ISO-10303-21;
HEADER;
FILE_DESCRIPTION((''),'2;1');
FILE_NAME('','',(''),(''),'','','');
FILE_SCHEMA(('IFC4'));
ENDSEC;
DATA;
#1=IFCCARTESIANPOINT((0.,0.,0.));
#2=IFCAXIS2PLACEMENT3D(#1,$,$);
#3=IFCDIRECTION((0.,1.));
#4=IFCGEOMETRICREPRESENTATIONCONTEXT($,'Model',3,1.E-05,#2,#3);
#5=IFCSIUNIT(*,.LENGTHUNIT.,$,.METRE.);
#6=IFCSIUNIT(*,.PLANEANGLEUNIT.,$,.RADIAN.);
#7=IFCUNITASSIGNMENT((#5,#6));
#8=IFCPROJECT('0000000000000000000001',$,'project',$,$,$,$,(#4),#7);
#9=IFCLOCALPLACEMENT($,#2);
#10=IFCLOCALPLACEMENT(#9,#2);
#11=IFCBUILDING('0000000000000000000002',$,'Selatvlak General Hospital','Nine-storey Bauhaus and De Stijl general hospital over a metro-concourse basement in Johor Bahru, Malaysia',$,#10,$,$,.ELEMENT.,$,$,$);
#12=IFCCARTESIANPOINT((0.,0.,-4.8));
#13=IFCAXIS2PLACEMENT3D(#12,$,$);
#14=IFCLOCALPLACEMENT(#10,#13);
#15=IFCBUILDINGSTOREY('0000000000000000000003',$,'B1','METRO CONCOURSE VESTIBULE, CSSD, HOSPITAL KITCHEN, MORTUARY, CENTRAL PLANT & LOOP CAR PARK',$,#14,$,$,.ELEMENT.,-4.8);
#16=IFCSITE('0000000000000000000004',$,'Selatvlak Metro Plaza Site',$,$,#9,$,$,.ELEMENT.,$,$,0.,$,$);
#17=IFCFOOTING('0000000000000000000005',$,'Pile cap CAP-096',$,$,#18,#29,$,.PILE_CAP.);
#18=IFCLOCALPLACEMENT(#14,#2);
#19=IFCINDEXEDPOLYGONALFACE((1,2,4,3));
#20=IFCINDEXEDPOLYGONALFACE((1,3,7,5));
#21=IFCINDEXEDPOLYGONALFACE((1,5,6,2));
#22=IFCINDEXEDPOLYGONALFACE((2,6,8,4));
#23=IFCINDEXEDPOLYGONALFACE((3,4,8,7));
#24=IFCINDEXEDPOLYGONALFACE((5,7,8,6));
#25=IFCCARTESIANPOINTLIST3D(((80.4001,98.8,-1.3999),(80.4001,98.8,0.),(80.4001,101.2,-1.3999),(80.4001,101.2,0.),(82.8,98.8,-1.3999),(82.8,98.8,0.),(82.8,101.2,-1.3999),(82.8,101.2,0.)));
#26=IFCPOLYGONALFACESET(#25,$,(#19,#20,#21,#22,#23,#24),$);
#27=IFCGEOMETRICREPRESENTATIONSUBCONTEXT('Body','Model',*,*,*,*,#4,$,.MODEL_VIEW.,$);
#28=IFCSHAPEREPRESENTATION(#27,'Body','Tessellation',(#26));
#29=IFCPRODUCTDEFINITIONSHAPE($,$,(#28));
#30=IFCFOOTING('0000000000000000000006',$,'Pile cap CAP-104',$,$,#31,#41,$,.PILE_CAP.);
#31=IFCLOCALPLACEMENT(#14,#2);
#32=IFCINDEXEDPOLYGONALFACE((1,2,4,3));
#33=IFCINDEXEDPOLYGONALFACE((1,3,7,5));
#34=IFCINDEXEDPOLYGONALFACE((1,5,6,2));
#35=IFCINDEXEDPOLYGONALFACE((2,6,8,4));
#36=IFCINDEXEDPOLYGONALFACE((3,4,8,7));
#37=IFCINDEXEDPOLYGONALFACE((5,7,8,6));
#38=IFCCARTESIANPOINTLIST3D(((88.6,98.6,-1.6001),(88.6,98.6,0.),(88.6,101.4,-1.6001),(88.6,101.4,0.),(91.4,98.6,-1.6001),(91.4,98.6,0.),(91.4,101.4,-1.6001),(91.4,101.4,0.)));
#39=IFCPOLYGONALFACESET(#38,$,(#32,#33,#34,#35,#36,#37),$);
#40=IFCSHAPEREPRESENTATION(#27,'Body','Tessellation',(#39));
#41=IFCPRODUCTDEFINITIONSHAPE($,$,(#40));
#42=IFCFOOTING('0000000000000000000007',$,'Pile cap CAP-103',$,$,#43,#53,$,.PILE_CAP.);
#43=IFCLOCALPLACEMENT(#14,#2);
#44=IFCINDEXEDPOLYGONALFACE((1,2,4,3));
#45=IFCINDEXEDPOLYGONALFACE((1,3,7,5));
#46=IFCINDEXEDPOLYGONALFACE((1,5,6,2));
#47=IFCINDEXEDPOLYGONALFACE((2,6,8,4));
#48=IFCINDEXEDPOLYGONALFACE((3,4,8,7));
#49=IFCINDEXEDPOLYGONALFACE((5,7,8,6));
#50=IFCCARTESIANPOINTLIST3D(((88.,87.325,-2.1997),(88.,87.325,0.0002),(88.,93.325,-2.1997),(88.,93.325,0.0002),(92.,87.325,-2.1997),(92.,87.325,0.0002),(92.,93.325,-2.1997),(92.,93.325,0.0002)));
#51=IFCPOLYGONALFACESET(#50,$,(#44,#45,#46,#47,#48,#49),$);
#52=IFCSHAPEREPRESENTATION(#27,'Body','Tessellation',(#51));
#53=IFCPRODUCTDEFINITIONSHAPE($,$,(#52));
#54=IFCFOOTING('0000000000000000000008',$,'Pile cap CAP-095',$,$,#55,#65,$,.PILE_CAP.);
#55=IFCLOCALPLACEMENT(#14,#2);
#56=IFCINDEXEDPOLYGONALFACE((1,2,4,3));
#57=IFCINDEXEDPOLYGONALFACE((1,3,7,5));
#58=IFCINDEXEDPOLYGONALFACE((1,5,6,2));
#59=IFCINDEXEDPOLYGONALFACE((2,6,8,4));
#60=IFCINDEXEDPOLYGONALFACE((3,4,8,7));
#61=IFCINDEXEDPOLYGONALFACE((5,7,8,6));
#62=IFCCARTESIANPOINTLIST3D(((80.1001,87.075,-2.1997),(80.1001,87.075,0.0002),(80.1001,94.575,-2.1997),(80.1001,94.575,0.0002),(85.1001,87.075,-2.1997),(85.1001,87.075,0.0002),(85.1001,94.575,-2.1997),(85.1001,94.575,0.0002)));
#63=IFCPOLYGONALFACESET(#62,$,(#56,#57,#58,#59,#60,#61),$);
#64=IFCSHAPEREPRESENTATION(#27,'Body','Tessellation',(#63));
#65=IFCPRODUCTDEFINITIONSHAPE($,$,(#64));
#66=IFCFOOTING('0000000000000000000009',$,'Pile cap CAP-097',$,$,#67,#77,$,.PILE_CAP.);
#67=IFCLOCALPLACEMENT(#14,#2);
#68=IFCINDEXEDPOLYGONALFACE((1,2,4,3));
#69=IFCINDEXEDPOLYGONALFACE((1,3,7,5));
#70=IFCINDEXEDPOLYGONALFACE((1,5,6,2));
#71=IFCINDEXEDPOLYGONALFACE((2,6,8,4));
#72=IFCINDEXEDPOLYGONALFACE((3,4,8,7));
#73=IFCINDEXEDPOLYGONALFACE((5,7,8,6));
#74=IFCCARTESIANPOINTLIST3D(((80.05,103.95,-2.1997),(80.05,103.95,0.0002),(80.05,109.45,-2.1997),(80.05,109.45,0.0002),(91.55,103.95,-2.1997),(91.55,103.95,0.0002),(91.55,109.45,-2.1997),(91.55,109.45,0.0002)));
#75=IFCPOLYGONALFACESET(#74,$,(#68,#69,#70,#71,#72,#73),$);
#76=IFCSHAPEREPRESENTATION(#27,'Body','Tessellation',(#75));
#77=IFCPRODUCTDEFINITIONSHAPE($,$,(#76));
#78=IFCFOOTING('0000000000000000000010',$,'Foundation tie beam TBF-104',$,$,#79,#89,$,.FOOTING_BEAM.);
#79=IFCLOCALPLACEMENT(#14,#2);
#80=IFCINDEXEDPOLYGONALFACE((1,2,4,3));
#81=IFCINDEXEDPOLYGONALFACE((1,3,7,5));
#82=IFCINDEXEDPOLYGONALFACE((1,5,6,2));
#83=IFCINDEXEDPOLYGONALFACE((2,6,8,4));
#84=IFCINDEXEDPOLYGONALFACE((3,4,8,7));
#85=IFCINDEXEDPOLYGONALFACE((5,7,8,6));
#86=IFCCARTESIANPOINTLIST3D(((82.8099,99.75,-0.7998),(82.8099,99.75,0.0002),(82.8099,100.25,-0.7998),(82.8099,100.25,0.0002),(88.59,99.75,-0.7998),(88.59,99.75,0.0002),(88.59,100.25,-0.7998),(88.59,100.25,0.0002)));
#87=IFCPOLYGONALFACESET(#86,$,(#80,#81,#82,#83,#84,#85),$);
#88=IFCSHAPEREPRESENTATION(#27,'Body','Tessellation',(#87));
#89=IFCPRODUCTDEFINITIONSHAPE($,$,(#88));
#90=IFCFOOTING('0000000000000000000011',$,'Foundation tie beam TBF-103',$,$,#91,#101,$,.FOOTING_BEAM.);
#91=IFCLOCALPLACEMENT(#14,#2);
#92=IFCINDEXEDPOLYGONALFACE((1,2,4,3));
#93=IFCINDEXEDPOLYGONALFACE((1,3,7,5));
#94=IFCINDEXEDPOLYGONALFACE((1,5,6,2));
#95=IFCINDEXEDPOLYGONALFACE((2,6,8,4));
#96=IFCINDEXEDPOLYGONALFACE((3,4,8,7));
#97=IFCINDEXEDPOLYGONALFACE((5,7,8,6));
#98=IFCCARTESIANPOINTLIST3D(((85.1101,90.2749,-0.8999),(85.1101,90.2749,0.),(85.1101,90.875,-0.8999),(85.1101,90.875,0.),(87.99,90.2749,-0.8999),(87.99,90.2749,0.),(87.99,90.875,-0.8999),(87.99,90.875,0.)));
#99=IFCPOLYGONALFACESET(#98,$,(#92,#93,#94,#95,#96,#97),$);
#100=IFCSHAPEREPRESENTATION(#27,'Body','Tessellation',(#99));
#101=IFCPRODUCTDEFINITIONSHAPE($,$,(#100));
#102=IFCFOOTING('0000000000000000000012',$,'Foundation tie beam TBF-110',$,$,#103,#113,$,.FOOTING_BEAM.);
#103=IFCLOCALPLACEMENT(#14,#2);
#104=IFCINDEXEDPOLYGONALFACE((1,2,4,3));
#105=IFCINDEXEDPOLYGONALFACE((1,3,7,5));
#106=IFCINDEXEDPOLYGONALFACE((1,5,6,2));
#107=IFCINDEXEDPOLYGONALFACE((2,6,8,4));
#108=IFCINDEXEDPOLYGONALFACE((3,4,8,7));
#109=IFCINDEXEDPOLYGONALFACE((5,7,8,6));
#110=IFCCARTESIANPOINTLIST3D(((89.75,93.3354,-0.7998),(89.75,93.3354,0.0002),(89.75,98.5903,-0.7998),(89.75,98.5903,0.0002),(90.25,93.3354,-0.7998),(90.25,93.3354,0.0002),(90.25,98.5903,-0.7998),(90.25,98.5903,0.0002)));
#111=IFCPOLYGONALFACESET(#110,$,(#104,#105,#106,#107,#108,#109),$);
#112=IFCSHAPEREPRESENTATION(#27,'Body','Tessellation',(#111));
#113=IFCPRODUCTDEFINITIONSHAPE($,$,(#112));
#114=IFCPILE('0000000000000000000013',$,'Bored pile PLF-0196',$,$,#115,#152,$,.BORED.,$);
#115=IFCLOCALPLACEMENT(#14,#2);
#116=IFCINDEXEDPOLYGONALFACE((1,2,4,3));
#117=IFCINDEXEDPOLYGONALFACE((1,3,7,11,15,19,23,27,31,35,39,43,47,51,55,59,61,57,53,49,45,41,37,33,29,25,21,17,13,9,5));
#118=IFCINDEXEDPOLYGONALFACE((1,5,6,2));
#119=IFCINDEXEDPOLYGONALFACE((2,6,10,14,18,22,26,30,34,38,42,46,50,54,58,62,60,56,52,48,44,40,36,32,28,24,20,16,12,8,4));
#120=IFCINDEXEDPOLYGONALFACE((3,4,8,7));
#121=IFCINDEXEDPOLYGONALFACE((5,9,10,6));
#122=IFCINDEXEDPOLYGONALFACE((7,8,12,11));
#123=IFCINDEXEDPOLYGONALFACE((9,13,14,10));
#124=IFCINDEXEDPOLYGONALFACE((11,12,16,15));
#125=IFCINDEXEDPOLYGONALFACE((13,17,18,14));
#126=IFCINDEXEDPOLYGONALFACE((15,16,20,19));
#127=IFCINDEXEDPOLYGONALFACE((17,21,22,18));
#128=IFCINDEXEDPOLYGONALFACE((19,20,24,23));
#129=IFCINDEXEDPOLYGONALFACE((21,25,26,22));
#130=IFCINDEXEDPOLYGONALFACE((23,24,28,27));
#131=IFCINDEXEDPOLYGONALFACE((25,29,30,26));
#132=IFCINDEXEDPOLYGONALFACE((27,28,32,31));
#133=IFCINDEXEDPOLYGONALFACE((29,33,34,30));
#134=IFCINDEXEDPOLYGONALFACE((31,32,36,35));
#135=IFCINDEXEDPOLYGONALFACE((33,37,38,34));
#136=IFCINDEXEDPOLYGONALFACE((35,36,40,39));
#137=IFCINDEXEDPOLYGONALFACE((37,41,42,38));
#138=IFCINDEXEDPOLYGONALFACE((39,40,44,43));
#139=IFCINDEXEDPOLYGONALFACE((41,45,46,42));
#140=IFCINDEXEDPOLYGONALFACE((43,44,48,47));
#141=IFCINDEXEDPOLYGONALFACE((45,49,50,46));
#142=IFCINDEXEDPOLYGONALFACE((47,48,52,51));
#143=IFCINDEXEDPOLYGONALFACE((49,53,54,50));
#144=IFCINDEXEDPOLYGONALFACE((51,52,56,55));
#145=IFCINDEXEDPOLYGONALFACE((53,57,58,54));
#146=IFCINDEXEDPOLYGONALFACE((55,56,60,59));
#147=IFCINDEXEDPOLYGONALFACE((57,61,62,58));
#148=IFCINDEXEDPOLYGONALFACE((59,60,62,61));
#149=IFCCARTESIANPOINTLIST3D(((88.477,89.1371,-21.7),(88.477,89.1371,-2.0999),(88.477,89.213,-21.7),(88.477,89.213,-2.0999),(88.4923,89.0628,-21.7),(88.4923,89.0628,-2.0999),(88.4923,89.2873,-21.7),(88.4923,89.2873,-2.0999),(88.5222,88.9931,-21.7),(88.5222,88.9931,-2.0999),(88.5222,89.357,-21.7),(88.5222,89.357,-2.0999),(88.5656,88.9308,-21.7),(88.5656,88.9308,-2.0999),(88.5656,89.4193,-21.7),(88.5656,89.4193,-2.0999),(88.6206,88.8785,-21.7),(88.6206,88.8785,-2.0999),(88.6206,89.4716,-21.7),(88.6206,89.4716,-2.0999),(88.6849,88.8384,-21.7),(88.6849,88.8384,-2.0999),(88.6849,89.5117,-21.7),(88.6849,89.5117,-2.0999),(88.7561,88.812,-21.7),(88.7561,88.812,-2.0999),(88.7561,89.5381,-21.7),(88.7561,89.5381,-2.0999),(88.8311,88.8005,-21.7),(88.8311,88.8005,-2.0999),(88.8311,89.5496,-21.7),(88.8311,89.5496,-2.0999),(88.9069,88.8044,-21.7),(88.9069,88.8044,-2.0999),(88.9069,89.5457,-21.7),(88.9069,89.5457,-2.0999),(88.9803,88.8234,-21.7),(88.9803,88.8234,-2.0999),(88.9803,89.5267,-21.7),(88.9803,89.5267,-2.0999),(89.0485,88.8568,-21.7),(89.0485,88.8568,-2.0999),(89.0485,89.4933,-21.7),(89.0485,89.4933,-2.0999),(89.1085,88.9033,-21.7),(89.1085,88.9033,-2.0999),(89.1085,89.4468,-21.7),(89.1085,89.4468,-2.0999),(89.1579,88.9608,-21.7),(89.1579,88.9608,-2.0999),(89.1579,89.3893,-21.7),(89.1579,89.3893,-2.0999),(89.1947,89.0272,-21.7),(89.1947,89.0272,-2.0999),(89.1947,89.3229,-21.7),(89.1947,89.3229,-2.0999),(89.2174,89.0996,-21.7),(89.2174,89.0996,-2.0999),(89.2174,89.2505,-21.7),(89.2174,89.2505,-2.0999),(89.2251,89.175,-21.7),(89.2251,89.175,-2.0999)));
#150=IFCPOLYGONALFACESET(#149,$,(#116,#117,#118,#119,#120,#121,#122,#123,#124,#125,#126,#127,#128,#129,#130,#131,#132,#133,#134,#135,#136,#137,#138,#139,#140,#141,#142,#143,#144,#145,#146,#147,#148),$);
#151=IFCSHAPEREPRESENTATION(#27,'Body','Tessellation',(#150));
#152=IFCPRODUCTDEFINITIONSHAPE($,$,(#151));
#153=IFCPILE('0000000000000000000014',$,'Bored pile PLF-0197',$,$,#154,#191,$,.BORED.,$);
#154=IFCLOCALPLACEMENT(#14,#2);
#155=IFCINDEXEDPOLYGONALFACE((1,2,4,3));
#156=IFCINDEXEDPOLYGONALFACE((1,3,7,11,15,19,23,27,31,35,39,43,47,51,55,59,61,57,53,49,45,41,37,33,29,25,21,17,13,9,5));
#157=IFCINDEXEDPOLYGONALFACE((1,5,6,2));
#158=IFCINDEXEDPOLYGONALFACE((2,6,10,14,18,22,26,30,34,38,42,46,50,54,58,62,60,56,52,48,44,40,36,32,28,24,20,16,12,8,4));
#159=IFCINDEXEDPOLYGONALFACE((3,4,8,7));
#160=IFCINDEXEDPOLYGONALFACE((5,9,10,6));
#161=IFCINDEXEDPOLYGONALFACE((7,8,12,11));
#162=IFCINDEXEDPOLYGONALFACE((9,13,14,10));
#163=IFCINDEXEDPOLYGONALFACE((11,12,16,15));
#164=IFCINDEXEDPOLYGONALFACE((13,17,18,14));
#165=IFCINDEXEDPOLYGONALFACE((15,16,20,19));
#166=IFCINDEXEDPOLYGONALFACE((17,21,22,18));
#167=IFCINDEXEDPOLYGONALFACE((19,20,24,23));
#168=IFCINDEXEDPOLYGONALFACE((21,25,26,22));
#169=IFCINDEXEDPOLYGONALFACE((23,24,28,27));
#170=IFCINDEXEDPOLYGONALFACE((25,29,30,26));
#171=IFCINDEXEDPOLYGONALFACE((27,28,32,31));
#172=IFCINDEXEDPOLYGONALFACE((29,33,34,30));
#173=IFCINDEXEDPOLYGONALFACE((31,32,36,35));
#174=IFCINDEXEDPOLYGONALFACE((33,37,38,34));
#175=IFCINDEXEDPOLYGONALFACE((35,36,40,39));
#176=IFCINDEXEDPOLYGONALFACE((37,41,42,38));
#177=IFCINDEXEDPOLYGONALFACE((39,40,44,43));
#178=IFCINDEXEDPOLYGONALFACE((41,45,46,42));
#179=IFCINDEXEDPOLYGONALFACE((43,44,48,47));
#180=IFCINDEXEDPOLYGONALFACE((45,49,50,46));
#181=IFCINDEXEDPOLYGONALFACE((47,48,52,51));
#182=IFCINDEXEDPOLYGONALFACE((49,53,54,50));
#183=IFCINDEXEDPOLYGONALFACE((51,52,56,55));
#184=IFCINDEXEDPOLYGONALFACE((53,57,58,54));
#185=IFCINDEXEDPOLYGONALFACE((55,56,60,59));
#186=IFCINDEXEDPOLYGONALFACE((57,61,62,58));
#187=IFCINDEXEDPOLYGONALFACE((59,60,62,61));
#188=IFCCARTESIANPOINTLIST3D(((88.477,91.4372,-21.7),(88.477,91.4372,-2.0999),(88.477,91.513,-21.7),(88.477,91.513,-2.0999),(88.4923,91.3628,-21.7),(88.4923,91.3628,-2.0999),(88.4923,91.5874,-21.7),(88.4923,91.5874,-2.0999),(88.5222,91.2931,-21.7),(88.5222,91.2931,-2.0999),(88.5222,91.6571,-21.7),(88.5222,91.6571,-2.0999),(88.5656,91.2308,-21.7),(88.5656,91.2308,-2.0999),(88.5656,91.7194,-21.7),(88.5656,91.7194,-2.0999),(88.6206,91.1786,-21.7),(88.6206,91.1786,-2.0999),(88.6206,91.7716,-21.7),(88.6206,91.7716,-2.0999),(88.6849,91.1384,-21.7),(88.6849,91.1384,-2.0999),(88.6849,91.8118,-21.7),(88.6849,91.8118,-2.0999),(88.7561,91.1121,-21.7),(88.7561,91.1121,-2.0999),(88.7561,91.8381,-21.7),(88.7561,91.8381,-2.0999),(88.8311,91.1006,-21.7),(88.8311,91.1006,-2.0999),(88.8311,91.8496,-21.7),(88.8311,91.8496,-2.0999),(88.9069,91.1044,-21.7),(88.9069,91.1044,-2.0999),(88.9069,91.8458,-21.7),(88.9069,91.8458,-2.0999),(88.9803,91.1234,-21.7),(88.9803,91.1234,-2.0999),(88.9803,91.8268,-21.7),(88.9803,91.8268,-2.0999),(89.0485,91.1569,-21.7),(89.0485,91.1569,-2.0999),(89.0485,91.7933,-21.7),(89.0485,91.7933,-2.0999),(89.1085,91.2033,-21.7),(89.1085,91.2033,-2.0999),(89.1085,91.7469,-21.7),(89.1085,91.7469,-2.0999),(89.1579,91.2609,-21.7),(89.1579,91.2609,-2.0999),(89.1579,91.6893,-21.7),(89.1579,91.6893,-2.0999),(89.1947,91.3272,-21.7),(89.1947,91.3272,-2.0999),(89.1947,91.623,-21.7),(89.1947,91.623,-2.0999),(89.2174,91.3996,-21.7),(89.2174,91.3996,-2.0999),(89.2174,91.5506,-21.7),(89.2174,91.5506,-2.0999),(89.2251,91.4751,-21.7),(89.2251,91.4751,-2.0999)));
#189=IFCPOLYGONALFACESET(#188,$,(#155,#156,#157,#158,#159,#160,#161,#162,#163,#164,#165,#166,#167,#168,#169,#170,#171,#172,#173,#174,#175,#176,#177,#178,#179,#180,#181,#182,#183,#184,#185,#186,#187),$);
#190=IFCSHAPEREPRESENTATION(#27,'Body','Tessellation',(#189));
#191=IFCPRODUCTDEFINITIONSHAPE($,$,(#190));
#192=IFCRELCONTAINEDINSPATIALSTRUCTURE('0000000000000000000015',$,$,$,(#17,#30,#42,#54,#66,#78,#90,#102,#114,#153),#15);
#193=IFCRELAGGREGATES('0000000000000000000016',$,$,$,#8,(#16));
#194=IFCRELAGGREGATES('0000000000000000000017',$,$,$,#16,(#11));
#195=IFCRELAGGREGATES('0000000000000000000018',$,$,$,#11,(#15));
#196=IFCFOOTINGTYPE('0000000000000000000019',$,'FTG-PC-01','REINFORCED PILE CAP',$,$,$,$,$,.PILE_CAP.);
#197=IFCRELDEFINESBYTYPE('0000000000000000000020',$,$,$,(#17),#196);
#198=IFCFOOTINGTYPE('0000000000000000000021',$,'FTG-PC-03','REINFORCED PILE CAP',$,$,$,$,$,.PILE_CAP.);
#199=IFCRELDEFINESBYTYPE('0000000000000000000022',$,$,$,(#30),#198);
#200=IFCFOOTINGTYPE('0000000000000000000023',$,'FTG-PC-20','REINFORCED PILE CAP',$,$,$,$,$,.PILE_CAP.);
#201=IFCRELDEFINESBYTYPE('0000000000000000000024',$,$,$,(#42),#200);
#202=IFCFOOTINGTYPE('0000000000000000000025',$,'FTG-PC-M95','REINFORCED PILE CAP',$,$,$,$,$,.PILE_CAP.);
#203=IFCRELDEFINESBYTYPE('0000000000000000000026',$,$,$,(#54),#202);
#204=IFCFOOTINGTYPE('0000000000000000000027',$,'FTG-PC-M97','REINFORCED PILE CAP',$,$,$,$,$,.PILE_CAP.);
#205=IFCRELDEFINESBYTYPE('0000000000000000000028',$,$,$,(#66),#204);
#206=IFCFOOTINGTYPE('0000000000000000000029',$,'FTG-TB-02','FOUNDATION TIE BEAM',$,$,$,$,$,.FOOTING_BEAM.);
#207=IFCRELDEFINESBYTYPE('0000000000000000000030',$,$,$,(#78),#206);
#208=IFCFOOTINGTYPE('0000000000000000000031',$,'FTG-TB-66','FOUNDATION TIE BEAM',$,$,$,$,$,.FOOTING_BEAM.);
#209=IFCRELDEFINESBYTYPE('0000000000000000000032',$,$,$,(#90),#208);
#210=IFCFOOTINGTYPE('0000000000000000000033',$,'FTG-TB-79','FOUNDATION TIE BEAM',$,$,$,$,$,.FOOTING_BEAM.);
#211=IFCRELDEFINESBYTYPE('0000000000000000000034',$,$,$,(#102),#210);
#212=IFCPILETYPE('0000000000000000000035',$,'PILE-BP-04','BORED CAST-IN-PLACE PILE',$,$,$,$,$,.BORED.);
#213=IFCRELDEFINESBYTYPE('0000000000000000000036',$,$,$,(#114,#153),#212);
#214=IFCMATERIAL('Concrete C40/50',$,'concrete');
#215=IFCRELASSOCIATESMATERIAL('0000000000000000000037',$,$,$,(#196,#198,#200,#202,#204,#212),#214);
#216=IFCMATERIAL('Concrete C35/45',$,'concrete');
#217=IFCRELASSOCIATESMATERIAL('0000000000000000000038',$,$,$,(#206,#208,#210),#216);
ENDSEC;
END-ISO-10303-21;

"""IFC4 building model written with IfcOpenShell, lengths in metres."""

from ifc_helpers import new_model, si_unit, direction, frame, origin, origin_2d, place, context, subcontext, project, spatial, rectangle, circle, extrude, material, material_profile, profile_set, type_object, element, save


model = new_model("IFC4")

# Units and contexts
model_context = context("Model", 3, precision=1e-05, world=origin(), true_north=direction((0.0, 1.0)))
body_context = subcontext(model_context, "Body", "Model", "MODEL_VIEW")
ifc_project = project(units=[si_unit("LENGTHUNIT", "METRE"), si_unit("PLANEANGLEUNIT", "RADIAN")], contexts=[model_context])

# Site, building, storey
site_placement = place(None, origin())
site = spatial("IfcSite", under=ifc_project, at=site_placement, Name="Selatvlak Metro Plaza Site", CompositionType="ELEMENT", RefElevation=0.0)
building_placement = place(site_placement, origin())
building = spatial("IfcBuilding", under=site, at=building_placement, Name="Selatvlak General Hospital", Description="Nine-storey Bauhaus and De Stijl general hospital over a metro-concourse basement in Johor Bahru, Malaysia", CompositionType="ELEMENT")
storey_placement = place(building_placement, frame((0.0, 0.0, -4.8)))
storey = spatial("IfcBuildingStorey", under=building, at=storey_placement, Name="B1", Description="METRO CONCOURSE VESTIBULE, CSSD, HOSPITAL KITCHEN, MORTUARY, CENTRAL PLANT & LOOP CAR PARK", CompositionType="ELEMENT", Elevation=-4.8)

# Footings
ifc_material_1 = material(Name="Concrete C40/50", Category="concrete")
footing_type_1 = type_object("IfcFootingType", Name="FTG-PC-01", Description="REINFORCED PILE CAP", PredefinedType="PILE_CAP", material=ifc_material_1)
footing_1_placement = place(storey_placement, frame((81.6001, 100.0, -1.3999), z_axis=(0.0, 0.0, 1.0), x_axis=(1.0, 0.0, 0.0)))
element("IfcFooting", 1, at=footing_1_placement, inside=storey, type_object=footing_type_1, Name="Pile cap CAP-096", PredefinedType="PILE_CAP", context=body_context, shape_type="SweptSolid", body=[
    extrude(rectangle(XDim=2.3999, YDim=2.3999, at=origin_2d()), origin(), (0.0, 0.0, 1.0), 1.3999),
])
footing_type_2 = type_object("IfcFootingType", Name="FTG-PC-03", Description="REINFORCED PILE CAP", PredefinedType="PILE_CAP", material=ifc_material_1)
footing_2_placement = place(storey_placement, frame((90.0, 100.0, -1.6001), z_axis=(0.0, 0.0, 1.0), x_axis=(1.0, 0.0, 0.0)))
element("IfcFooting", 2, at=footing_2_placement, inside=storey, type_object=footing_type_2, Name="Pile cap CAP-104", PredefinedType="PILE_CAP", context=body_context, shape_type="SweptSolid", body=[
    extrude(rectangle(XDim=2.8, YDim=2.8, at=origin_2d()), origin(), (0.0, 0.0, 1.0), 1.6001),
])
footing_type_3 = type_object("IfcFootingType", Name="FTG-PC-20", Description="REINFORCED PILE CAP", PredefinedType="PILE_CAP", material=ifc_material_1)
footing_3_placement = place(storey_placement, frame((90.0, 90.325, -2.1997), z_axis=(0.0, 0.0, 1.0), x_axis=(1.0, 0.0, 0.0)))
element("IfcFooting", 3, at=footing_3_placement, inside=storey, type_object=footing_type_3, Name="Pile cap CAP-103", PredefinedType="PILE_CAP", context=body_context, shape_type="SweptSolid", body=[
    extrude(rectangle(XDim=4.0, YDim=6.0, at=origin_2d()), origin(), (0.0, 0.0, 1.0), 2.2),
])
footing_type_4 = type_object("IfcFootingType", Name="FTG-PC-M95", Description="REINFORCED PILE CAP", PredefinedType="PILE_CAP", material=ifc_material_1)
footing_4_placement = place(storey_placement, frame((82.6001, 90.825, -2.1997), z_axis=(0.0, 0.0, 1.0), x_axis=(1.0, 0.0, 0.0)))
element("IfcFooting", 4, at=footing_4_placement, inside=storey, type_object=footing_type_4, Name="Pile cap CAP-095", PredefinedType="PILE_CAP", context=body_context, shape_type="SweptSolid", body=[
    extrude(rectangle(XDim=5.0, YDim=7.5, at=origin_2d()), origin(), (0.0, 0.0, 1.0), 2.2),
])
footing_type_5 = type_object("IfcFootingType", Name="FTG-PC-M97", Description="REINFORCED PILE CAP", PredefinedType="PILE_CAP", material=ifc_material_1)
footing_5_placement = place(storey_placement, frame((85.8, 106.7, -2.1997), z_axis=(0.0, 0.0, 1.0), x_axis=(1.0, 0.0, 0.0)))
element("IfcFooting", 5, at=footing_5_placement, inside=storey, type_object=footing_type_5, Name="Pile cap CAP-097", PredefinedType="PILE_CAP", context=body_context, shape_type="SweptSolid", body=[
    extrude(rectangle(XDim=11.5, YDim=5.5, at=origin_2d()), origin(), (0.0, 0.0, 1.0), 2.2),
])
ifc_material_2 = material(Name="Concrete C35/45", Category="concrete")
footing_type_6 = type_object("IfcFootingType", Name="FTG-TB-02", Description="FOUNDATION TIE BEAM", PredefinedType="FOOTING_BEAM", material=ifc_material_2)
footing_6_placement = place(storey_placement, frame((85.7, 100.0, -0.7998), z_axis=(0.0, 0.0, 1.0), x_axis=(1.0, 0.0, 0.0)))
element("IfcFooting", 6, at=footing_6_placement, inside=storey, type_object=footing_type_6, Name="Foundation tie beam TBF-104", PredefinedType="FOOTING_BEAM", context=body_context, shape_type="SweptSolid", body=[
    extrude(rectangle(XDim=5.78, YDim=0.5, at=origin_2d()), origin(), (0.0, 0.0, 1.0), 0.8),
])
footing_type_7 = type_object("IfcFootingType", Name="FTG-TB-66", Description="FOUNDATION TIE BEAM", PredefinedType="FOOTING_BEAM", material=ifc_material_2)
footing_7_placement = place(storey_placement, frame((86.55, 90.575, -0.8999), z_axis=(0.0, 0.0, 1.0), x_axis=(1.0, 0.0, 0.0)))
element("IfcFooting", 7, at=footing_7_placement, inside=storey, type_object=footing_type_7, Name="Foundation tie beam TBF-103", PredefinedType="FOOTING_BEAM", context=body_context, shape_type="SweptSolid", body=[
    extrude(rectangle(XDim=2.8799, YDim=0.6001, at=origin_2d()), origin(), (0.0, 0.0, 1.0), 0.8999),
])
footing_type_8 = type_object("IfcFootingType", Name="FTG-TB-79", Description="FOUNDATION TIE BEAM", PredefinedType="FOOTING_BEAM", material=ifc_material_2)
footing_8_placement = place(storey_placement, frame((90.0, 95.9629, -0.7998), z_axis=(0.0, 0.0, 1.0), x_axis=(0.0, 1.0, 0.0)))
element("IfcFooting", 8, at=footing_8_placement, inside=storey, type_object=footing_type_8, Name="Foundation tie beam TBF-110", PredefinedType="FOOTING_BEAM", context=body_context, shape_type="SweptSolid", body=[
    extrude(rectangle(XDim=5.2549, YDim=0.5, at=origin_2d()), origin(), (0.0, 0.0, 1.0), 0.8),
])

# Piles
ifc_material_profile_1 = material_profile(ifc_material_1, circle(Radius=0.375, at=origin_2d()), Name="BORED PILE 750")
ifc_profile_set_1 = profile_set([ifc_material_profile_1], Name="Concrete C40/50")
pile_type_1 = type_object("IfcPileType", Name="PILE-BP-04", Description="BORED CAST-IN-PLACE PILE", PredefinedType="BORED", material=ifc_profile_set_1)
for number, where, z_axis, x_axis, name in (
    (9, (88.8501, 89.175, -2.0999), (0.0, 0.0, -1.0), (1.0, 0.0, 0.0), "Bored pile PLF-0196"),
    (10, (88.8501, 91.4751, -2.0999), (0.0, 0.0, -1.0), (1.0, 0.0, 0.0), "Bored pile PLF-0197"),
):
    element("IfcPile", number, at=place(storey_placement, frame(where, z_axis=z_axis, x_axis=x_axis)), inside=storey, type_object=pile_type_1, Name=name, PredefinedType="BORED", context=body_context, shape_type="SweptSolid", body=[
        extrude(circle(Radius=0.375, at=origin_2d()), origin(), (0.0, 0.0, 1.0), 19.6001),
    ])

save(model, "model.ifc")
